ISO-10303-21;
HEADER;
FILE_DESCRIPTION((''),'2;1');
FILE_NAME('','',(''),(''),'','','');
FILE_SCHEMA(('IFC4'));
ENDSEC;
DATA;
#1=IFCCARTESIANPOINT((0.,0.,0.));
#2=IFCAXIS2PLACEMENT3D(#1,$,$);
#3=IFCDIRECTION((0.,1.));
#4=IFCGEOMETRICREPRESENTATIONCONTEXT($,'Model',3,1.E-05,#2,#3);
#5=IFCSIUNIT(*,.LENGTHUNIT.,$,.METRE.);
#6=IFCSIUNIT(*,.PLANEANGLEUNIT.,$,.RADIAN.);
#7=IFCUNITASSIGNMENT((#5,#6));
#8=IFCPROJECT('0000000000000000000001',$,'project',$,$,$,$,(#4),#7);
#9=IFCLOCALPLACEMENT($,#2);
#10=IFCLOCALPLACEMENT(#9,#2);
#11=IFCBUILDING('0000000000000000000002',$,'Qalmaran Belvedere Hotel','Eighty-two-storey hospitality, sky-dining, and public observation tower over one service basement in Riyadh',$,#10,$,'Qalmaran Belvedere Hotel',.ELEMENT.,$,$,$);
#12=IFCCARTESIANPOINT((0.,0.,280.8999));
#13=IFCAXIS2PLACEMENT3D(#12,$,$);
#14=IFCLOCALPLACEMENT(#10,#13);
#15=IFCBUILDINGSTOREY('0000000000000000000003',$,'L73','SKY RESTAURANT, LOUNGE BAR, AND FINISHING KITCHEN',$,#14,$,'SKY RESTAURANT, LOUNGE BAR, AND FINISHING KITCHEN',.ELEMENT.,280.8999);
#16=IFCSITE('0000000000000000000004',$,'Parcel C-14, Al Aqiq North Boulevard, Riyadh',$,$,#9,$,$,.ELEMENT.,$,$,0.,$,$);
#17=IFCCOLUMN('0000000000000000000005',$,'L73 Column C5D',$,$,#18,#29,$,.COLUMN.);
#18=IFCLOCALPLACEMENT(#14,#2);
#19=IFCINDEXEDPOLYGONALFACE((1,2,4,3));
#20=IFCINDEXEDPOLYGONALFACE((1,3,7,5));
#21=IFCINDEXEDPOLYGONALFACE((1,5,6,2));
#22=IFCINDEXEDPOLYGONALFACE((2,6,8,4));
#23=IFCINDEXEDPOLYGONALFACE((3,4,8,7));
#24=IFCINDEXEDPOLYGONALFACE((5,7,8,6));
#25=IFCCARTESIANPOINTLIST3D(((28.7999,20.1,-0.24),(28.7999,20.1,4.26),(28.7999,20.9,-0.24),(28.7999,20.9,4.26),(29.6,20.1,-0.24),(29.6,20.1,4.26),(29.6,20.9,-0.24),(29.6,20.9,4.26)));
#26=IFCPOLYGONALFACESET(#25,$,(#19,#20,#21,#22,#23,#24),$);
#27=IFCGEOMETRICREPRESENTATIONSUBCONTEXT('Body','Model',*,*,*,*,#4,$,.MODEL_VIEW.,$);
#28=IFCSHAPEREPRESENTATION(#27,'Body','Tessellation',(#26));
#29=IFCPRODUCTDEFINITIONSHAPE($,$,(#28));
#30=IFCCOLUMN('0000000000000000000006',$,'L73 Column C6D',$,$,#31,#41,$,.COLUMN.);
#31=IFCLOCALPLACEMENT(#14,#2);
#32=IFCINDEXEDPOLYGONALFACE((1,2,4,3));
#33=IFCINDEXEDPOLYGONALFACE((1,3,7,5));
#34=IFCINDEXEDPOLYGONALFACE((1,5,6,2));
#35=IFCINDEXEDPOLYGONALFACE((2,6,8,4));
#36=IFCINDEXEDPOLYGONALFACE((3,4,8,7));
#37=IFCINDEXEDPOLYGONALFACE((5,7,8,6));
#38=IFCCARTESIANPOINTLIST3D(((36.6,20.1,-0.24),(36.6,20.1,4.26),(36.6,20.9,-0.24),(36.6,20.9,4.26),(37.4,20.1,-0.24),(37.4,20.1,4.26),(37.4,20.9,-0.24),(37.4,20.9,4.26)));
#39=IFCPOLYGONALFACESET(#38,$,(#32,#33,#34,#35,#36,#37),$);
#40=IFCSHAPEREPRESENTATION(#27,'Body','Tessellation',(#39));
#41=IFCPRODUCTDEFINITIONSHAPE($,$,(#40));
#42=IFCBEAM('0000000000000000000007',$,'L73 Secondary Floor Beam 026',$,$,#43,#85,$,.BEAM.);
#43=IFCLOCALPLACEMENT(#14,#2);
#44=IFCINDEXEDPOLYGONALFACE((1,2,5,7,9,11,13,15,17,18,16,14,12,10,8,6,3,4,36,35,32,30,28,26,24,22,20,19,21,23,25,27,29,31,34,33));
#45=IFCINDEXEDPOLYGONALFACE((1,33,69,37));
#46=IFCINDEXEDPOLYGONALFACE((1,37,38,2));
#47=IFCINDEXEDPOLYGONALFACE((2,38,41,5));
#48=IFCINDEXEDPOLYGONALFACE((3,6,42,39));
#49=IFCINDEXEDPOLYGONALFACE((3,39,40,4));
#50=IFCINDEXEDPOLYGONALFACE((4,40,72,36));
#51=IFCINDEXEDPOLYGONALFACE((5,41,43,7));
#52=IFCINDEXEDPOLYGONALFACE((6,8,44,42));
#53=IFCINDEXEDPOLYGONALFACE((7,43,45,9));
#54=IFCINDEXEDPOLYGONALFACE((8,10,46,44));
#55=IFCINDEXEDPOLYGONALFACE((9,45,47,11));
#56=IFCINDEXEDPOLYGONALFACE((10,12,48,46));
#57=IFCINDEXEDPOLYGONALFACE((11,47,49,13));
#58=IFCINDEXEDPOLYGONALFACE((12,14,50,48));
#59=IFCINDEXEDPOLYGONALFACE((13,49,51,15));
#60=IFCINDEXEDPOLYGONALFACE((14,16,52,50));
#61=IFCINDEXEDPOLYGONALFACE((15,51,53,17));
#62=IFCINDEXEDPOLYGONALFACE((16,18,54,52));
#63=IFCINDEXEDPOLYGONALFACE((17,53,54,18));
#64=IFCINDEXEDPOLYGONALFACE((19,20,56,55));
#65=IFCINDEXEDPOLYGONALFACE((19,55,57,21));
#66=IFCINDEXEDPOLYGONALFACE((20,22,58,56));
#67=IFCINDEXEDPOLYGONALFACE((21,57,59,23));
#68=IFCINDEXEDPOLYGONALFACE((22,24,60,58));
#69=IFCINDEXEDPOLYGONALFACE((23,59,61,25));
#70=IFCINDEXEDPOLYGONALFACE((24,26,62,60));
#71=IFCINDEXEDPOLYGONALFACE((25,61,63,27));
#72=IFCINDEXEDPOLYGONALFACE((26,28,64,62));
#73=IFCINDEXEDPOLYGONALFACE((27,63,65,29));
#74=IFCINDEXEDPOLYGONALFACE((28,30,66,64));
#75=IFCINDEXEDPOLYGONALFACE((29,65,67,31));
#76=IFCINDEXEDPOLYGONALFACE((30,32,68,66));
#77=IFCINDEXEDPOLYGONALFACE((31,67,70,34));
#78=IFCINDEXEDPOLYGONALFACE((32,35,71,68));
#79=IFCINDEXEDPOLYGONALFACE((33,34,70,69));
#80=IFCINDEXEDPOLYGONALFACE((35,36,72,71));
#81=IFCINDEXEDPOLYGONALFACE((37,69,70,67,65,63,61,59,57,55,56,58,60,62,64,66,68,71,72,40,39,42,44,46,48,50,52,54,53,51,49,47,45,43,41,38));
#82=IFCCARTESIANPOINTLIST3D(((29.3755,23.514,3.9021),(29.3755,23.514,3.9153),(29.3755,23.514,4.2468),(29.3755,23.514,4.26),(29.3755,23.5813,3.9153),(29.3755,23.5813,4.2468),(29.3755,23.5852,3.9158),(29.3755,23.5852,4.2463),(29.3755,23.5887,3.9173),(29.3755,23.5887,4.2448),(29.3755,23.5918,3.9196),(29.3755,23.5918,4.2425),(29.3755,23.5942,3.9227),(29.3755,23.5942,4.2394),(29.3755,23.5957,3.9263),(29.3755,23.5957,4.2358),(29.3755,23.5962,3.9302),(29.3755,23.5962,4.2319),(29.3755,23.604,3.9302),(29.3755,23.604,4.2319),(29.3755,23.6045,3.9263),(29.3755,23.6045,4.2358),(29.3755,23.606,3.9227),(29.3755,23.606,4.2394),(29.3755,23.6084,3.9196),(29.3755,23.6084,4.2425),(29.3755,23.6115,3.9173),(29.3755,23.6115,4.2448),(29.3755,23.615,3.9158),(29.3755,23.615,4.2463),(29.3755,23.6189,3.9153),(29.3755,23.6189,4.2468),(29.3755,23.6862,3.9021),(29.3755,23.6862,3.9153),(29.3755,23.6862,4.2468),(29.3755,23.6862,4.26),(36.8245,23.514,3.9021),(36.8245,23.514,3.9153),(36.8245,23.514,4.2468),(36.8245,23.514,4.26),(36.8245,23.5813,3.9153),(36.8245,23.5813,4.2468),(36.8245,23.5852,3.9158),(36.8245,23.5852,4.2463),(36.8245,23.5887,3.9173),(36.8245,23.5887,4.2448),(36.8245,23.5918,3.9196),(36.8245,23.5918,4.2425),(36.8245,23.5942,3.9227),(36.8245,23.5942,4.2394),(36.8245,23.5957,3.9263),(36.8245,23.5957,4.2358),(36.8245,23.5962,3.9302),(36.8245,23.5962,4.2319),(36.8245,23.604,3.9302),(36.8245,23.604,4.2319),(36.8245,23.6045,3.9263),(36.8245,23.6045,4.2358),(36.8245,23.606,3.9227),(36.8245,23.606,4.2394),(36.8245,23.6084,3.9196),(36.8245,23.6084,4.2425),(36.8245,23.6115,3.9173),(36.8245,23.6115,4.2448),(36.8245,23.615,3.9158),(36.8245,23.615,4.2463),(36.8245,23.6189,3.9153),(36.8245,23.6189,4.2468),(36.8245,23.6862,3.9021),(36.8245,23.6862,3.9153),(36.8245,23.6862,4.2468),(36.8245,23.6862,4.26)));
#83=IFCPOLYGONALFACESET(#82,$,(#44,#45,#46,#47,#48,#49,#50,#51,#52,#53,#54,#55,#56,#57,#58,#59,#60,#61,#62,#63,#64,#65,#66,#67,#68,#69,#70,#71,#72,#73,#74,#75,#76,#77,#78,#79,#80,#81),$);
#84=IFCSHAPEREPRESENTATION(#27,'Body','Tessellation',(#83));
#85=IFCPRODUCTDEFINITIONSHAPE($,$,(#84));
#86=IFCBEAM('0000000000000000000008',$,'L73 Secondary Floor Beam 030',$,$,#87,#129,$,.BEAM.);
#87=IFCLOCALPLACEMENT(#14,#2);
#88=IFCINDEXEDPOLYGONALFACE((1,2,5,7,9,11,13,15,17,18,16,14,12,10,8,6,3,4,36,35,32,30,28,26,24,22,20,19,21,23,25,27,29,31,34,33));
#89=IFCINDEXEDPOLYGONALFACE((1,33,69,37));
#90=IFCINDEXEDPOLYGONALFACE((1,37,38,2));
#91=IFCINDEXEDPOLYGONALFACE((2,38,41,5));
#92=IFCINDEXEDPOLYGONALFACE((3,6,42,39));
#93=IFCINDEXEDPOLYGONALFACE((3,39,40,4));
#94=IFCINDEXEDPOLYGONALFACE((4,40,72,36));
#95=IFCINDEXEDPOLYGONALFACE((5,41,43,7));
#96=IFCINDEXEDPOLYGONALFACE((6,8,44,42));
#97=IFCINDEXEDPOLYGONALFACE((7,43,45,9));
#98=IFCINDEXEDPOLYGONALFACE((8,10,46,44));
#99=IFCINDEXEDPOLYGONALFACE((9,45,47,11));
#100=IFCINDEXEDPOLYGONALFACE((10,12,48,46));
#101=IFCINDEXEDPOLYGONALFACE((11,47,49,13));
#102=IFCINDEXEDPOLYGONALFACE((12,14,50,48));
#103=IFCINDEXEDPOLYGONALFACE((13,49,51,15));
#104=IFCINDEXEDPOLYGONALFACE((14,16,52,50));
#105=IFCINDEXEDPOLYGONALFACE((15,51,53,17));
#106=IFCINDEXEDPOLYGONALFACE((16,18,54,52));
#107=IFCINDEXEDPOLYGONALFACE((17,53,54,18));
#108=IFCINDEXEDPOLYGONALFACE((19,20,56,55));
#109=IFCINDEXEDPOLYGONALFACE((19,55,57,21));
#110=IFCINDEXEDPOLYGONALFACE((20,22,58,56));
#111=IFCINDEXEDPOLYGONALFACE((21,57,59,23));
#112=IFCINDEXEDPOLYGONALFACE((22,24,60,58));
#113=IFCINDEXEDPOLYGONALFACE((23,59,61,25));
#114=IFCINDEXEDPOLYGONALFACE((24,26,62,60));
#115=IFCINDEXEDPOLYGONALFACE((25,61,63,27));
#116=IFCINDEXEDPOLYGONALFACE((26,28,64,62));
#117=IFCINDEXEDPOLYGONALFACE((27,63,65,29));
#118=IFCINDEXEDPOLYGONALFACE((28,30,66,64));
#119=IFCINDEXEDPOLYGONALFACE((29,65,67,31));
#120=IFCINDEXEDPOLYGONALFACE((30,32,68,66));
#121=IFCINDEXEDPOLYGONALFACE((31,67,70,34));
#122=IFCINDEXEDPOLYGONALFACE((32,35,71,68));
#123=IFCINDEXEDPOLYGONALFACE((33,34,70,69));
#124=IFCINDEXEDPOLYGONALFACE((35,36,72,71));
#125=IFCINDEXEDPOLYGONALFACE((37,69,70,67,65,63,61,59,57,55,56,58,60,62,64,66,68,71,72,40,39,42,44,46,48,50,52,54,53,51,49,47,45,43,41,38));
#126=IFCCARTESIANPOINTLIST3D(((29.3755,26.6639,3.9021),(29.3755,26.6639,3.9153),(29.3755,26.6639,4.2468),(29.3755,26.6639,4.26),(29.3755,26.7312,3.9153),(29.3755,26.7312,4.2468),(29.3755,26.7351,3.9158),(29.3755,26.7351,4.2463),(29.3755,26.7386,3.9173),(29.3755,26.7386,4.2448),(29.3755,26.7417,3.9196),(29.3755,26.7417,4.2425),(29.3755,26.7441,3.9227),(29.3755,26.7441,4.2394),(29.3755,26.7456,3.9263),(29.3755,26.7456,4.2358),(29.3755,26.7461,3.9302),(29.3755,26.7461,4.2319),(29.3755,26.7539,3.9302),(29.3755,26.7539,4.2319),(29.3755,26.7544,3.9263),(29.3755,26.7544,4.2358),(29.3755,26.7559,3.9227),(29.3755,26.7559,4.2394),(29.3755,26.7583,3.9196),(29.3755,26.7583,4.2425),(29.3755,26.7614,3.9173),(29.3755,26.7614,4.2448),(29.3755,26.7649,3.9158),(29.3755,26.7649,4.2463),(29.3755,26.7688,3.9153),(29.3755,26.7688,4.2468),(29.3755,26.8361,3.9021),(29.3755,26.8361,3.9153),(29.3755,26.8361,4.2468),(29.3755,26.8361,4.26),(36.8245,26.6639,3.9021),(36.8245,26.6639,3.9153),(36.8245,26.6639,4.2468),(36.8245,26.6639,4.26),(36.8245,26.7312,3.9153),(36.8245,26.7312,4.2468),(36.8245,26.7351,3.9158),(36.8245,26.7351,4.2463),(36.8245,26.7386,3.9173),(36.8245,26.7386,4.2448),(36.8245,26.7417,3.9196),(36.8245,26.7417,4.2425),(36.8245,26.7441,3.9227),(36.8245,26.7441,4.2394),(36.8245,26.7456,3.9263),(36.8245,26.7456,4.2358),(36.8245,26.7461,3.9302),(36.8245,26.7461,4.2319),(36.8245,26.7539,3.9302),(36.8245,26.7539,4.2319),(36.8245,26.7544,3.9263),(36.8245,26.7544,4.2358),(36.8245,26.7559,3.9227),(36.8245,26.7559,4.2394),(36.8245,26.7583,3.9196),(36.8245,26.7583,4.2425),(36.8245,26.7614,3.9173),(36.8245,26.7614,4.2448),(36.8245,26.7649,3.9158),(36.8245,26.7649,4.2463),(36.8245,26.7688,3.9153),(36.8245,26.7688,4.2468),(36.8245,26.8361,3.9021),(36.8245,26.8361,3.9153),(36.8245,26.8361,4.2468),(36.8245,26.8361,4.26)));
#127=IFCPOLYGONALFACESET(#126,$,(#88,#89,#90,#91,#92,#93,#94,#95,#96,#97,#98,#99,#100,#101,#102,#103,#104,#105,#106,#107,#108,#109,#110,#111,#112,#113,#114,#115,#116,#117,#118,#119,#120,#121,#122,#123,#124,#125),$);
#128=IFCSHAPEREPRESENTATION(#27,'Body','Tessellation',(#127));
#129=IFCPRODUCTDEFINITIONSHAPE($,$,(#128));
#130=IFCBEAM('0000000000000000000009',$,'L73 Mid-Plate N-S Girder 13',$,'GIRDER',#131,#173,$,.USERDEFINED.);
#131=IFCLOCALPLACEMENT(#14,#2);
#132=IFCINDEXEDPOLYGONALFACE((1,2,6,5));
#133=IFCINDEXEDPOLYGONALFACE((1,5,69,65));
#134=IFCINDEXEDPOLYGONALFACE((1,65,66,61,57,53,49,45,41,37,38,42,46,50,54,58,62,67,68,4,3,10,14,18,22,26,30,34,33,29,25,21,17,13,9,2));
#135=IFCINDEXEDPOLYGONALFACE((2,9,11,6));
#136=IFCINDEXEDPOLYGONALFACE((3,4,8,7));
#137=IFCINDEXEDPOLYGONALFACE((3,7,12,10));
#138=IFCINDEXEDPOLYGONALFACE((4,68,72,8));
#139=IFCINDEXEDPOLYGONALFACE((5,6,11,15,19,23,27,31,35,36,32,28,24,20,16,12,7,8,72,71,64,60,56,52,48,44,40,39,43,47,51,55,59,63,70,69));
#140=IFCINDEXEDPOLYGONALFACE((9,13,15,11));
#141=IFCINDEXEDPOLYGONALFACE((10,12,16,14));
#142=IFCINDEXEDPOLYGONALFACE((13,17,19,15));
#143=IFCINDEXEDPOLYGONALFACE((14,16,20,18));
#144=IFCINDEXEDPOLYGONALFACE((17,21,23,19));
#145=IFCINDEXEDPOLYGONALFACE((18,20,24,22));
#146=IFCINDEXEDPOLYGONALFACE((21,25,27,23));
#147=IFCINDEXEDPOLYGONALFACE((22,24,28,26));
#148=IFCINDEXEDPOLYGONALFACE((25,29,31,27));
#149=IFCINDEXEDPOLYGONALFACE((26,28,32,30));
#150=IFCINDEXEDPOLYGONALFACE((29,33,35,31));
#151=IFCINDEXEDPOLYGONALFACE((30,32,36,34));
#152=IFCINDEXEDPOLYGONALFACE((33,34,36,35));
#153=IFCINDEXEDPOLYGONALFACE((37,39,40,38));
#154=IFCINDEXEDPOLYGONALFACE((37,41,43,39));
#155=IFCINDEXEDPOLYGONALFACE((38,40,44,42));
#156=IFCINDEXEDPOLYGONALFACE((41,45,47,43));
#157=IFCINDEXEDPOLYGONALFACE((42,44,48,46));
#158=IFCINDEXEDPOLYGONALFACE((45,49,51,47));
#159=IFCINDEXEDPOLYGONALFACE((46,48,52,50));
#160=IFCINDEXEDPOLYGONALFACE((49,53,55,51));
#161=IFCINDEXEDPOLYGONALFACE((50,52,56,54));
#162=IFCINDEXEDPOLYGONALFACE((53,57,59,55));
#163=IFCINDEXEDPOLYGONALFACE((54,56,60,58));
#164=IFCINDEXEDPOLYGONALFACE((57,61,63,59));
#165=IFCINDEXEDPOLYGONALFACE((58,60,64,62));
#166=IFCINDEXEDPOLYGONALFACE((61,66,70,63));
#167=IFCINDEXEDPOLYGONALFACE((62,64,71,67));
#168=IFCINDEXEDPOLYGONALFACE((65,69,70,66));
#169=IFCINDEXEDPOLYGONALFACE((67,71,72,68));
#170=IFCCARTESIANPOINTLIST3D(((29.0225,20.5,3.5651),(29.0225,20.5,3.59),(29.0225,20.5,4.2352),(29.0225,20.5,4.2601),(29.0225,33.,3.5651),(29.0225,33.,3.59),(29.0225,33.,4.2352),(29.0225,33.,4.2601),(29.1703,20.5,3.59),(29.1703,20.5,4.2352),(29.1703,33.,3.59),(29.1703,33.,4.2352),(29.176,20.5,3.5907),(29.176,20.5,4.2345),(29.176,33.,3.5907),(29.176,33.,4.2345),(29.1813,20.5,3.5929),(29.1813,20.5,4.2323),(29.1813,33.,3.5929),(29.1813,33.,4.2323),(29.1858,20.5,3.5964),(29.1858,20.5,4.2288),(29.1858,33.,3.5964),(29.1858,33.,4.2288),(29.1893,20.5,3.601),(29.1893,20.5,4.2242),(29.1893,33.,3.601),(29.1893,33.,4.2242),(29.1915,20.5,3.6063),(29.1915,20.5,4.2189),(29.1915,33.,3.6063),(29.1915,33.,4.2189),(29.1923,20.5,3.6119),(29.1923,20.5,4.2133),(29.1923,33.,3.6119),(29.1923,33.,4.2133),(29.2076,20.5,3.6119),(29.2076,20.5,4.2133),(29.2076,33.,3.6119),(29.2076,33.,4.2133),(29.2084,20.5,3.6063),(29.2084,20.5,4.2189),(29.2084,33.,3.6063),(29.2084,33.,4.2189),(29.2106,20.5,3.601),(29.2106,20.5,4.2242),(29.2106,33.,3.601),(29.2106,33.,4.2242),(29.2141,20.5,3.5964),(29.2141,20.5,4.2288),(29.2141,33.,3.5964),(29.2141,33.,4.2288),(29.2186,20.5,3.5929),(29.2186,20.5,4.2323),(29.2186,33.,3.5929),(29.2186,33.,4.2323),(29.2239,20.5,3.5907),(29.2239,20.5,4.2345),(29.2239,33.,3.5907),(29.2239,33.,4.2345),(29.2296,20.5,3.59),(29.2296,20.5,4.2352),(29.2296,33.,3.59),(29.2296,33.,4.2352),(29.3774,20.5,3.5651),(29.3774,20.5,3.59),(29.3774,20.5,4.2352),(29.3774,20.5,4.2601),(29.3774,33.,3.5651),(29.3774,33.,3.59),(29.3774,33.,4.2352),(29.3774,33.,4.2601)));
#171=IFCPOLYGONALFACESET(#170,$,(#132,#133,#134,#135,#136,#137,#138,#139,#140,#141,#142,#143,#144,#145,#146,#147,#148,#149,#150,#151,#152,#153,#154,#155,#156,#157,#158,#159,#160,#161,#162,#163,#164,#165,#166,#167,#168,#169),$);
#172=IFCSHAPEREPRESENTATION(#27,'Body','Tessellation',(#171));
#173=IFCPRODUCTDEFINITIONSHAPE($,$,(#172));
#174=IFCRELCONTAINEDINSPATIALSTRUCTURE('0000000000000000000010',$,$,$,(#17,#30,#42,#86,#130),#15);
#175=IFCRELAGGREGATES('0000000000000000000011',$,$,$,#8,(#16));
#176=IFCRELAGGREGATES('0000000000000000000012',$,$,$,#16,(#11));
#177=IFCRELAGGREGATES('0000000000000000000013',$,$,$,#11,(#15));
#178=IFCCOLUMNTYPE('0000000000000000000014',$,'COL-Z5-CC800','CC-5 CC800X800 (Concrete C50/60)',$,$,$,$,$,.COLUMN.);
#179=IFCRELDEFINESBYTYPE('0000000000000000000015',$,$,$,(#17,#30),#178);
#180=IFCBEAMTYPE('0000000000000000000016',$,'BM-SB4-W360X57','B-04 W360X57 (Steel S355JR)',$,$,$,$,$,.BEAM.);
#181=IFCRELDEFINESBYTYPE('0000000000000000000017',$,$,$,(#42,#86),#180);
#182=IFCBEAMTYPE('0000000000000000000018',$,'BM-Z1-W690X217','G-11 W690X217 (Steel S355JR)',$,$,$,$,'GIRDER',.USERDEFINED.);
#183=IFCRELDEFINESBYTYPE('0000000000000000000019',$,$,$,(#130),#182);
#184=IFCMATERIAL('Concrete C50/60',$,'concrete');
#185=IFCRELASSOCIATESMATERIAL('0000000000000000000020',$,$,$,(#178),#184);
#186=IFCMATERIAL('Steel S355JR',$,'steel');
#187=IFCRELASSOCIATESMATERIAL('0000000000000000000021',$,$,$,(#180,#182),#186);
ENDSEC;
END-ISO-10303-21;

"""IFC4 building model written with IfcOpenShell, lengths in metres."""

from ifc_helpers import new_model, si_unit, direction, frame, origin, origin_2d, place, context, subcontext, project, spatial, rectangle, i_section, extrude, material, material_profile, profile_set, type_object, element, save


model = new_model("IFC4")

# Units and contexts
model_context = context("Model", 3, precision=1e-05, world=origin(), true_north=direction((0.0, 1.0)))
body_context = subcontext(model_context, "Body", "Model", "MODEL_VIEW")
ifc_project = project(units=[si_unit("LENGTHUNIT", "METRE"), si_unit("PLANEANGLEUNIT", "RADIAN")], contexts=[model_context])

# Site, building, storey
site_placement = place(None, origin())
site = spatial("IfcSite", under=ifc_project, at=site_placement, Name="Parcel C-14, Al Aqiq North Boulevard, Riyadh", CompositionType="ELEMENT", RefElevation=0.0)
building_placement = place(site_placement, origin())
building = spatial("IfcBuilding", under=site, at=building_placement, Name="Qalmaran Belvedere Hotel", Description="Eighty-two-storey hospitality, sky-dining, and public observation tower over one service basement in Riyadh", LongName="Qalmaran Belvedere Hotel", CompositionType="ELEMENT")
storey_placement = place(building_placement, frame((0.0, 0.0, 280.8999)))
storey = spatial("IfcBuildingStorey", under=building, at=storey_placement, Name="L73", Description="SKY RESTAURANT, LOUNGE BAR, AND FINISHING KITCHEN", LongName="SKY RESTAURANT, LOUNGE BAR, AND FINISHING KITCHEN", CompositionType="ELEMENT", Elevation=280.8999)

# Columns
ifc_material_1 = material(Name="Concrete C50/60", Category="concrete")
ifc_material_profile_1 = material_profile(ifc_material_1, rectangle(XDim=0.8, YDim=0.8, at=origin_2d()), Name="CC800X800")
ifc_profile_set_1 = profile_set([ifc_material_profile_1], Name="Concrete C50/60")
column_type = type_object("IfcColumnType", Name="COL-Z5-CC800", Description="CC-5 CC800X800 (Concrete C50/60)", PredefinedType="COLUMN", material=ifc_profile_set_1)
for number, where, z_axis, x_axis, name in (
    (1, (29.2, 20.5, -0.24), (0.0, 0.0, 1.0), (1.0, 0.0, 0.0), "L73 Column C5D"),
    (2, (37.0, 20.5, -0.24), (0.0, 0.0, 1.0), (1.0, 0.0, 0.0), "L73 Column C6D"),
):
    element("IfcColumn", number, at=place(storey_placement, frame(where, z_axis=z_axis, x_axis=x_axis)), inside=storey, type_object=column_type, Name=name, PredefinedType="COLUMN", context=body_context, shape_type="SweptSolid", body=[
        extrude(rectangle(XDim=0.8, YDim=0.8, at=origin_2d()), origin(), (0.0, 0.0, 1.0), 4.5),
    ])

# Beams
ifc_material_2 = material(Name="Steel S355JR", Category="steel")
ifc_material_profile_2 = material_profile(ifc_material_2, i_section(OverallWidth=0.1721, OverallDepth=0.3579, WebThickness=0.0078, FlangeThickness=0.0132, FilletRadius=0.0149, at=origin_2d()), Name="W360X57")
ifc_profile_set_2 = profile_set([ifc_material_profile_2], Name="Steel S355JR")
beam_type_1 = type_object("IfcBeamType", Name="BM-SB4-W360X57", Description="B-04 W360X57 (Steel S355JR)", PredefinedType="BEAM", material=ifc_profile_set_2)
for number, where, z_axis, x_axis, name in (
    (3, (29.3755, 23.6001, 4.0811), (1.0, 0.0, 0.0), (0.0, 1.0, 0.0), "L73 Secondary Floor Beam 026"),
    (4, (29.3755, 26.75, 4.0811), (1.0, 0.0, 0.0), (0.0, 1.0, 0.0), "L73 Secondary Floor Beam 030"),
):
    element("IfcBeam", number, at=place(storey_placement, frame(where, z_axis=z_axis, x_axis=x_axis)), inside=storey, type_object=beam_type_1, Name=name, PredefinedType="BEAM", context=body_context, shape_type="SweptSolid", body=[
        extrude(i_section(OverallWidth=0.1721, OverallDepth=0.3579, WebThickness=0.0078, FlangeThickness=0.0132, FilletRadius=0.0149, at=origin_2d()), origin(), (0.0, 0.0, 1.0), 7.449),
    ])
ifc_material_profile_3 = material_profile(ifc_material_2, i_section(OverallWidth=0.355, OverallDepth=0.6951, WebThickness=0.0154, FlangeThickness=0.0249, FilletRadius=0.022, at=origin_2d()), Name="W690X217")
ifc_profile_set_3 = profile_set([ifc_material_profile_3], Name="Steel S355JR")
beam_type_2 = type_object("IfcBeamType", Name="BM-Z1-W690X217", Description="G-11 W690X217 (Steel S355JR)", ElementType="GIRDER", PredefinedType="USERDEFINED", material=ifc_profile_set_3)
beam_placement = place(storey_placement, frame((29.2, 20.5, 3.9126), z_axis=(0.0, 1.0, 0.0), x_axis=(-1.0, 0.0, 0.0)))
element("IfcBeam", 5, at=beam_placement, inside=storey, type_object=beam_type_2, Name="L73 Mid-Plate N-S Girder 13", ObjectType="GIRDER", PredefinedType="USERDEFINED", context=body_context, shape_type="SweptSolid", body=[
    extrude(i_section(OverallWidth=0.355, OverallDepth=0.6951, WebThickness=0.0154, FlangeThickness=0.0249, FilletRadius=0.022, at=origin_2d()), origin(), (0.0, 0.0, 1.0), 12.5),
])

save(model, "model.ifc")
